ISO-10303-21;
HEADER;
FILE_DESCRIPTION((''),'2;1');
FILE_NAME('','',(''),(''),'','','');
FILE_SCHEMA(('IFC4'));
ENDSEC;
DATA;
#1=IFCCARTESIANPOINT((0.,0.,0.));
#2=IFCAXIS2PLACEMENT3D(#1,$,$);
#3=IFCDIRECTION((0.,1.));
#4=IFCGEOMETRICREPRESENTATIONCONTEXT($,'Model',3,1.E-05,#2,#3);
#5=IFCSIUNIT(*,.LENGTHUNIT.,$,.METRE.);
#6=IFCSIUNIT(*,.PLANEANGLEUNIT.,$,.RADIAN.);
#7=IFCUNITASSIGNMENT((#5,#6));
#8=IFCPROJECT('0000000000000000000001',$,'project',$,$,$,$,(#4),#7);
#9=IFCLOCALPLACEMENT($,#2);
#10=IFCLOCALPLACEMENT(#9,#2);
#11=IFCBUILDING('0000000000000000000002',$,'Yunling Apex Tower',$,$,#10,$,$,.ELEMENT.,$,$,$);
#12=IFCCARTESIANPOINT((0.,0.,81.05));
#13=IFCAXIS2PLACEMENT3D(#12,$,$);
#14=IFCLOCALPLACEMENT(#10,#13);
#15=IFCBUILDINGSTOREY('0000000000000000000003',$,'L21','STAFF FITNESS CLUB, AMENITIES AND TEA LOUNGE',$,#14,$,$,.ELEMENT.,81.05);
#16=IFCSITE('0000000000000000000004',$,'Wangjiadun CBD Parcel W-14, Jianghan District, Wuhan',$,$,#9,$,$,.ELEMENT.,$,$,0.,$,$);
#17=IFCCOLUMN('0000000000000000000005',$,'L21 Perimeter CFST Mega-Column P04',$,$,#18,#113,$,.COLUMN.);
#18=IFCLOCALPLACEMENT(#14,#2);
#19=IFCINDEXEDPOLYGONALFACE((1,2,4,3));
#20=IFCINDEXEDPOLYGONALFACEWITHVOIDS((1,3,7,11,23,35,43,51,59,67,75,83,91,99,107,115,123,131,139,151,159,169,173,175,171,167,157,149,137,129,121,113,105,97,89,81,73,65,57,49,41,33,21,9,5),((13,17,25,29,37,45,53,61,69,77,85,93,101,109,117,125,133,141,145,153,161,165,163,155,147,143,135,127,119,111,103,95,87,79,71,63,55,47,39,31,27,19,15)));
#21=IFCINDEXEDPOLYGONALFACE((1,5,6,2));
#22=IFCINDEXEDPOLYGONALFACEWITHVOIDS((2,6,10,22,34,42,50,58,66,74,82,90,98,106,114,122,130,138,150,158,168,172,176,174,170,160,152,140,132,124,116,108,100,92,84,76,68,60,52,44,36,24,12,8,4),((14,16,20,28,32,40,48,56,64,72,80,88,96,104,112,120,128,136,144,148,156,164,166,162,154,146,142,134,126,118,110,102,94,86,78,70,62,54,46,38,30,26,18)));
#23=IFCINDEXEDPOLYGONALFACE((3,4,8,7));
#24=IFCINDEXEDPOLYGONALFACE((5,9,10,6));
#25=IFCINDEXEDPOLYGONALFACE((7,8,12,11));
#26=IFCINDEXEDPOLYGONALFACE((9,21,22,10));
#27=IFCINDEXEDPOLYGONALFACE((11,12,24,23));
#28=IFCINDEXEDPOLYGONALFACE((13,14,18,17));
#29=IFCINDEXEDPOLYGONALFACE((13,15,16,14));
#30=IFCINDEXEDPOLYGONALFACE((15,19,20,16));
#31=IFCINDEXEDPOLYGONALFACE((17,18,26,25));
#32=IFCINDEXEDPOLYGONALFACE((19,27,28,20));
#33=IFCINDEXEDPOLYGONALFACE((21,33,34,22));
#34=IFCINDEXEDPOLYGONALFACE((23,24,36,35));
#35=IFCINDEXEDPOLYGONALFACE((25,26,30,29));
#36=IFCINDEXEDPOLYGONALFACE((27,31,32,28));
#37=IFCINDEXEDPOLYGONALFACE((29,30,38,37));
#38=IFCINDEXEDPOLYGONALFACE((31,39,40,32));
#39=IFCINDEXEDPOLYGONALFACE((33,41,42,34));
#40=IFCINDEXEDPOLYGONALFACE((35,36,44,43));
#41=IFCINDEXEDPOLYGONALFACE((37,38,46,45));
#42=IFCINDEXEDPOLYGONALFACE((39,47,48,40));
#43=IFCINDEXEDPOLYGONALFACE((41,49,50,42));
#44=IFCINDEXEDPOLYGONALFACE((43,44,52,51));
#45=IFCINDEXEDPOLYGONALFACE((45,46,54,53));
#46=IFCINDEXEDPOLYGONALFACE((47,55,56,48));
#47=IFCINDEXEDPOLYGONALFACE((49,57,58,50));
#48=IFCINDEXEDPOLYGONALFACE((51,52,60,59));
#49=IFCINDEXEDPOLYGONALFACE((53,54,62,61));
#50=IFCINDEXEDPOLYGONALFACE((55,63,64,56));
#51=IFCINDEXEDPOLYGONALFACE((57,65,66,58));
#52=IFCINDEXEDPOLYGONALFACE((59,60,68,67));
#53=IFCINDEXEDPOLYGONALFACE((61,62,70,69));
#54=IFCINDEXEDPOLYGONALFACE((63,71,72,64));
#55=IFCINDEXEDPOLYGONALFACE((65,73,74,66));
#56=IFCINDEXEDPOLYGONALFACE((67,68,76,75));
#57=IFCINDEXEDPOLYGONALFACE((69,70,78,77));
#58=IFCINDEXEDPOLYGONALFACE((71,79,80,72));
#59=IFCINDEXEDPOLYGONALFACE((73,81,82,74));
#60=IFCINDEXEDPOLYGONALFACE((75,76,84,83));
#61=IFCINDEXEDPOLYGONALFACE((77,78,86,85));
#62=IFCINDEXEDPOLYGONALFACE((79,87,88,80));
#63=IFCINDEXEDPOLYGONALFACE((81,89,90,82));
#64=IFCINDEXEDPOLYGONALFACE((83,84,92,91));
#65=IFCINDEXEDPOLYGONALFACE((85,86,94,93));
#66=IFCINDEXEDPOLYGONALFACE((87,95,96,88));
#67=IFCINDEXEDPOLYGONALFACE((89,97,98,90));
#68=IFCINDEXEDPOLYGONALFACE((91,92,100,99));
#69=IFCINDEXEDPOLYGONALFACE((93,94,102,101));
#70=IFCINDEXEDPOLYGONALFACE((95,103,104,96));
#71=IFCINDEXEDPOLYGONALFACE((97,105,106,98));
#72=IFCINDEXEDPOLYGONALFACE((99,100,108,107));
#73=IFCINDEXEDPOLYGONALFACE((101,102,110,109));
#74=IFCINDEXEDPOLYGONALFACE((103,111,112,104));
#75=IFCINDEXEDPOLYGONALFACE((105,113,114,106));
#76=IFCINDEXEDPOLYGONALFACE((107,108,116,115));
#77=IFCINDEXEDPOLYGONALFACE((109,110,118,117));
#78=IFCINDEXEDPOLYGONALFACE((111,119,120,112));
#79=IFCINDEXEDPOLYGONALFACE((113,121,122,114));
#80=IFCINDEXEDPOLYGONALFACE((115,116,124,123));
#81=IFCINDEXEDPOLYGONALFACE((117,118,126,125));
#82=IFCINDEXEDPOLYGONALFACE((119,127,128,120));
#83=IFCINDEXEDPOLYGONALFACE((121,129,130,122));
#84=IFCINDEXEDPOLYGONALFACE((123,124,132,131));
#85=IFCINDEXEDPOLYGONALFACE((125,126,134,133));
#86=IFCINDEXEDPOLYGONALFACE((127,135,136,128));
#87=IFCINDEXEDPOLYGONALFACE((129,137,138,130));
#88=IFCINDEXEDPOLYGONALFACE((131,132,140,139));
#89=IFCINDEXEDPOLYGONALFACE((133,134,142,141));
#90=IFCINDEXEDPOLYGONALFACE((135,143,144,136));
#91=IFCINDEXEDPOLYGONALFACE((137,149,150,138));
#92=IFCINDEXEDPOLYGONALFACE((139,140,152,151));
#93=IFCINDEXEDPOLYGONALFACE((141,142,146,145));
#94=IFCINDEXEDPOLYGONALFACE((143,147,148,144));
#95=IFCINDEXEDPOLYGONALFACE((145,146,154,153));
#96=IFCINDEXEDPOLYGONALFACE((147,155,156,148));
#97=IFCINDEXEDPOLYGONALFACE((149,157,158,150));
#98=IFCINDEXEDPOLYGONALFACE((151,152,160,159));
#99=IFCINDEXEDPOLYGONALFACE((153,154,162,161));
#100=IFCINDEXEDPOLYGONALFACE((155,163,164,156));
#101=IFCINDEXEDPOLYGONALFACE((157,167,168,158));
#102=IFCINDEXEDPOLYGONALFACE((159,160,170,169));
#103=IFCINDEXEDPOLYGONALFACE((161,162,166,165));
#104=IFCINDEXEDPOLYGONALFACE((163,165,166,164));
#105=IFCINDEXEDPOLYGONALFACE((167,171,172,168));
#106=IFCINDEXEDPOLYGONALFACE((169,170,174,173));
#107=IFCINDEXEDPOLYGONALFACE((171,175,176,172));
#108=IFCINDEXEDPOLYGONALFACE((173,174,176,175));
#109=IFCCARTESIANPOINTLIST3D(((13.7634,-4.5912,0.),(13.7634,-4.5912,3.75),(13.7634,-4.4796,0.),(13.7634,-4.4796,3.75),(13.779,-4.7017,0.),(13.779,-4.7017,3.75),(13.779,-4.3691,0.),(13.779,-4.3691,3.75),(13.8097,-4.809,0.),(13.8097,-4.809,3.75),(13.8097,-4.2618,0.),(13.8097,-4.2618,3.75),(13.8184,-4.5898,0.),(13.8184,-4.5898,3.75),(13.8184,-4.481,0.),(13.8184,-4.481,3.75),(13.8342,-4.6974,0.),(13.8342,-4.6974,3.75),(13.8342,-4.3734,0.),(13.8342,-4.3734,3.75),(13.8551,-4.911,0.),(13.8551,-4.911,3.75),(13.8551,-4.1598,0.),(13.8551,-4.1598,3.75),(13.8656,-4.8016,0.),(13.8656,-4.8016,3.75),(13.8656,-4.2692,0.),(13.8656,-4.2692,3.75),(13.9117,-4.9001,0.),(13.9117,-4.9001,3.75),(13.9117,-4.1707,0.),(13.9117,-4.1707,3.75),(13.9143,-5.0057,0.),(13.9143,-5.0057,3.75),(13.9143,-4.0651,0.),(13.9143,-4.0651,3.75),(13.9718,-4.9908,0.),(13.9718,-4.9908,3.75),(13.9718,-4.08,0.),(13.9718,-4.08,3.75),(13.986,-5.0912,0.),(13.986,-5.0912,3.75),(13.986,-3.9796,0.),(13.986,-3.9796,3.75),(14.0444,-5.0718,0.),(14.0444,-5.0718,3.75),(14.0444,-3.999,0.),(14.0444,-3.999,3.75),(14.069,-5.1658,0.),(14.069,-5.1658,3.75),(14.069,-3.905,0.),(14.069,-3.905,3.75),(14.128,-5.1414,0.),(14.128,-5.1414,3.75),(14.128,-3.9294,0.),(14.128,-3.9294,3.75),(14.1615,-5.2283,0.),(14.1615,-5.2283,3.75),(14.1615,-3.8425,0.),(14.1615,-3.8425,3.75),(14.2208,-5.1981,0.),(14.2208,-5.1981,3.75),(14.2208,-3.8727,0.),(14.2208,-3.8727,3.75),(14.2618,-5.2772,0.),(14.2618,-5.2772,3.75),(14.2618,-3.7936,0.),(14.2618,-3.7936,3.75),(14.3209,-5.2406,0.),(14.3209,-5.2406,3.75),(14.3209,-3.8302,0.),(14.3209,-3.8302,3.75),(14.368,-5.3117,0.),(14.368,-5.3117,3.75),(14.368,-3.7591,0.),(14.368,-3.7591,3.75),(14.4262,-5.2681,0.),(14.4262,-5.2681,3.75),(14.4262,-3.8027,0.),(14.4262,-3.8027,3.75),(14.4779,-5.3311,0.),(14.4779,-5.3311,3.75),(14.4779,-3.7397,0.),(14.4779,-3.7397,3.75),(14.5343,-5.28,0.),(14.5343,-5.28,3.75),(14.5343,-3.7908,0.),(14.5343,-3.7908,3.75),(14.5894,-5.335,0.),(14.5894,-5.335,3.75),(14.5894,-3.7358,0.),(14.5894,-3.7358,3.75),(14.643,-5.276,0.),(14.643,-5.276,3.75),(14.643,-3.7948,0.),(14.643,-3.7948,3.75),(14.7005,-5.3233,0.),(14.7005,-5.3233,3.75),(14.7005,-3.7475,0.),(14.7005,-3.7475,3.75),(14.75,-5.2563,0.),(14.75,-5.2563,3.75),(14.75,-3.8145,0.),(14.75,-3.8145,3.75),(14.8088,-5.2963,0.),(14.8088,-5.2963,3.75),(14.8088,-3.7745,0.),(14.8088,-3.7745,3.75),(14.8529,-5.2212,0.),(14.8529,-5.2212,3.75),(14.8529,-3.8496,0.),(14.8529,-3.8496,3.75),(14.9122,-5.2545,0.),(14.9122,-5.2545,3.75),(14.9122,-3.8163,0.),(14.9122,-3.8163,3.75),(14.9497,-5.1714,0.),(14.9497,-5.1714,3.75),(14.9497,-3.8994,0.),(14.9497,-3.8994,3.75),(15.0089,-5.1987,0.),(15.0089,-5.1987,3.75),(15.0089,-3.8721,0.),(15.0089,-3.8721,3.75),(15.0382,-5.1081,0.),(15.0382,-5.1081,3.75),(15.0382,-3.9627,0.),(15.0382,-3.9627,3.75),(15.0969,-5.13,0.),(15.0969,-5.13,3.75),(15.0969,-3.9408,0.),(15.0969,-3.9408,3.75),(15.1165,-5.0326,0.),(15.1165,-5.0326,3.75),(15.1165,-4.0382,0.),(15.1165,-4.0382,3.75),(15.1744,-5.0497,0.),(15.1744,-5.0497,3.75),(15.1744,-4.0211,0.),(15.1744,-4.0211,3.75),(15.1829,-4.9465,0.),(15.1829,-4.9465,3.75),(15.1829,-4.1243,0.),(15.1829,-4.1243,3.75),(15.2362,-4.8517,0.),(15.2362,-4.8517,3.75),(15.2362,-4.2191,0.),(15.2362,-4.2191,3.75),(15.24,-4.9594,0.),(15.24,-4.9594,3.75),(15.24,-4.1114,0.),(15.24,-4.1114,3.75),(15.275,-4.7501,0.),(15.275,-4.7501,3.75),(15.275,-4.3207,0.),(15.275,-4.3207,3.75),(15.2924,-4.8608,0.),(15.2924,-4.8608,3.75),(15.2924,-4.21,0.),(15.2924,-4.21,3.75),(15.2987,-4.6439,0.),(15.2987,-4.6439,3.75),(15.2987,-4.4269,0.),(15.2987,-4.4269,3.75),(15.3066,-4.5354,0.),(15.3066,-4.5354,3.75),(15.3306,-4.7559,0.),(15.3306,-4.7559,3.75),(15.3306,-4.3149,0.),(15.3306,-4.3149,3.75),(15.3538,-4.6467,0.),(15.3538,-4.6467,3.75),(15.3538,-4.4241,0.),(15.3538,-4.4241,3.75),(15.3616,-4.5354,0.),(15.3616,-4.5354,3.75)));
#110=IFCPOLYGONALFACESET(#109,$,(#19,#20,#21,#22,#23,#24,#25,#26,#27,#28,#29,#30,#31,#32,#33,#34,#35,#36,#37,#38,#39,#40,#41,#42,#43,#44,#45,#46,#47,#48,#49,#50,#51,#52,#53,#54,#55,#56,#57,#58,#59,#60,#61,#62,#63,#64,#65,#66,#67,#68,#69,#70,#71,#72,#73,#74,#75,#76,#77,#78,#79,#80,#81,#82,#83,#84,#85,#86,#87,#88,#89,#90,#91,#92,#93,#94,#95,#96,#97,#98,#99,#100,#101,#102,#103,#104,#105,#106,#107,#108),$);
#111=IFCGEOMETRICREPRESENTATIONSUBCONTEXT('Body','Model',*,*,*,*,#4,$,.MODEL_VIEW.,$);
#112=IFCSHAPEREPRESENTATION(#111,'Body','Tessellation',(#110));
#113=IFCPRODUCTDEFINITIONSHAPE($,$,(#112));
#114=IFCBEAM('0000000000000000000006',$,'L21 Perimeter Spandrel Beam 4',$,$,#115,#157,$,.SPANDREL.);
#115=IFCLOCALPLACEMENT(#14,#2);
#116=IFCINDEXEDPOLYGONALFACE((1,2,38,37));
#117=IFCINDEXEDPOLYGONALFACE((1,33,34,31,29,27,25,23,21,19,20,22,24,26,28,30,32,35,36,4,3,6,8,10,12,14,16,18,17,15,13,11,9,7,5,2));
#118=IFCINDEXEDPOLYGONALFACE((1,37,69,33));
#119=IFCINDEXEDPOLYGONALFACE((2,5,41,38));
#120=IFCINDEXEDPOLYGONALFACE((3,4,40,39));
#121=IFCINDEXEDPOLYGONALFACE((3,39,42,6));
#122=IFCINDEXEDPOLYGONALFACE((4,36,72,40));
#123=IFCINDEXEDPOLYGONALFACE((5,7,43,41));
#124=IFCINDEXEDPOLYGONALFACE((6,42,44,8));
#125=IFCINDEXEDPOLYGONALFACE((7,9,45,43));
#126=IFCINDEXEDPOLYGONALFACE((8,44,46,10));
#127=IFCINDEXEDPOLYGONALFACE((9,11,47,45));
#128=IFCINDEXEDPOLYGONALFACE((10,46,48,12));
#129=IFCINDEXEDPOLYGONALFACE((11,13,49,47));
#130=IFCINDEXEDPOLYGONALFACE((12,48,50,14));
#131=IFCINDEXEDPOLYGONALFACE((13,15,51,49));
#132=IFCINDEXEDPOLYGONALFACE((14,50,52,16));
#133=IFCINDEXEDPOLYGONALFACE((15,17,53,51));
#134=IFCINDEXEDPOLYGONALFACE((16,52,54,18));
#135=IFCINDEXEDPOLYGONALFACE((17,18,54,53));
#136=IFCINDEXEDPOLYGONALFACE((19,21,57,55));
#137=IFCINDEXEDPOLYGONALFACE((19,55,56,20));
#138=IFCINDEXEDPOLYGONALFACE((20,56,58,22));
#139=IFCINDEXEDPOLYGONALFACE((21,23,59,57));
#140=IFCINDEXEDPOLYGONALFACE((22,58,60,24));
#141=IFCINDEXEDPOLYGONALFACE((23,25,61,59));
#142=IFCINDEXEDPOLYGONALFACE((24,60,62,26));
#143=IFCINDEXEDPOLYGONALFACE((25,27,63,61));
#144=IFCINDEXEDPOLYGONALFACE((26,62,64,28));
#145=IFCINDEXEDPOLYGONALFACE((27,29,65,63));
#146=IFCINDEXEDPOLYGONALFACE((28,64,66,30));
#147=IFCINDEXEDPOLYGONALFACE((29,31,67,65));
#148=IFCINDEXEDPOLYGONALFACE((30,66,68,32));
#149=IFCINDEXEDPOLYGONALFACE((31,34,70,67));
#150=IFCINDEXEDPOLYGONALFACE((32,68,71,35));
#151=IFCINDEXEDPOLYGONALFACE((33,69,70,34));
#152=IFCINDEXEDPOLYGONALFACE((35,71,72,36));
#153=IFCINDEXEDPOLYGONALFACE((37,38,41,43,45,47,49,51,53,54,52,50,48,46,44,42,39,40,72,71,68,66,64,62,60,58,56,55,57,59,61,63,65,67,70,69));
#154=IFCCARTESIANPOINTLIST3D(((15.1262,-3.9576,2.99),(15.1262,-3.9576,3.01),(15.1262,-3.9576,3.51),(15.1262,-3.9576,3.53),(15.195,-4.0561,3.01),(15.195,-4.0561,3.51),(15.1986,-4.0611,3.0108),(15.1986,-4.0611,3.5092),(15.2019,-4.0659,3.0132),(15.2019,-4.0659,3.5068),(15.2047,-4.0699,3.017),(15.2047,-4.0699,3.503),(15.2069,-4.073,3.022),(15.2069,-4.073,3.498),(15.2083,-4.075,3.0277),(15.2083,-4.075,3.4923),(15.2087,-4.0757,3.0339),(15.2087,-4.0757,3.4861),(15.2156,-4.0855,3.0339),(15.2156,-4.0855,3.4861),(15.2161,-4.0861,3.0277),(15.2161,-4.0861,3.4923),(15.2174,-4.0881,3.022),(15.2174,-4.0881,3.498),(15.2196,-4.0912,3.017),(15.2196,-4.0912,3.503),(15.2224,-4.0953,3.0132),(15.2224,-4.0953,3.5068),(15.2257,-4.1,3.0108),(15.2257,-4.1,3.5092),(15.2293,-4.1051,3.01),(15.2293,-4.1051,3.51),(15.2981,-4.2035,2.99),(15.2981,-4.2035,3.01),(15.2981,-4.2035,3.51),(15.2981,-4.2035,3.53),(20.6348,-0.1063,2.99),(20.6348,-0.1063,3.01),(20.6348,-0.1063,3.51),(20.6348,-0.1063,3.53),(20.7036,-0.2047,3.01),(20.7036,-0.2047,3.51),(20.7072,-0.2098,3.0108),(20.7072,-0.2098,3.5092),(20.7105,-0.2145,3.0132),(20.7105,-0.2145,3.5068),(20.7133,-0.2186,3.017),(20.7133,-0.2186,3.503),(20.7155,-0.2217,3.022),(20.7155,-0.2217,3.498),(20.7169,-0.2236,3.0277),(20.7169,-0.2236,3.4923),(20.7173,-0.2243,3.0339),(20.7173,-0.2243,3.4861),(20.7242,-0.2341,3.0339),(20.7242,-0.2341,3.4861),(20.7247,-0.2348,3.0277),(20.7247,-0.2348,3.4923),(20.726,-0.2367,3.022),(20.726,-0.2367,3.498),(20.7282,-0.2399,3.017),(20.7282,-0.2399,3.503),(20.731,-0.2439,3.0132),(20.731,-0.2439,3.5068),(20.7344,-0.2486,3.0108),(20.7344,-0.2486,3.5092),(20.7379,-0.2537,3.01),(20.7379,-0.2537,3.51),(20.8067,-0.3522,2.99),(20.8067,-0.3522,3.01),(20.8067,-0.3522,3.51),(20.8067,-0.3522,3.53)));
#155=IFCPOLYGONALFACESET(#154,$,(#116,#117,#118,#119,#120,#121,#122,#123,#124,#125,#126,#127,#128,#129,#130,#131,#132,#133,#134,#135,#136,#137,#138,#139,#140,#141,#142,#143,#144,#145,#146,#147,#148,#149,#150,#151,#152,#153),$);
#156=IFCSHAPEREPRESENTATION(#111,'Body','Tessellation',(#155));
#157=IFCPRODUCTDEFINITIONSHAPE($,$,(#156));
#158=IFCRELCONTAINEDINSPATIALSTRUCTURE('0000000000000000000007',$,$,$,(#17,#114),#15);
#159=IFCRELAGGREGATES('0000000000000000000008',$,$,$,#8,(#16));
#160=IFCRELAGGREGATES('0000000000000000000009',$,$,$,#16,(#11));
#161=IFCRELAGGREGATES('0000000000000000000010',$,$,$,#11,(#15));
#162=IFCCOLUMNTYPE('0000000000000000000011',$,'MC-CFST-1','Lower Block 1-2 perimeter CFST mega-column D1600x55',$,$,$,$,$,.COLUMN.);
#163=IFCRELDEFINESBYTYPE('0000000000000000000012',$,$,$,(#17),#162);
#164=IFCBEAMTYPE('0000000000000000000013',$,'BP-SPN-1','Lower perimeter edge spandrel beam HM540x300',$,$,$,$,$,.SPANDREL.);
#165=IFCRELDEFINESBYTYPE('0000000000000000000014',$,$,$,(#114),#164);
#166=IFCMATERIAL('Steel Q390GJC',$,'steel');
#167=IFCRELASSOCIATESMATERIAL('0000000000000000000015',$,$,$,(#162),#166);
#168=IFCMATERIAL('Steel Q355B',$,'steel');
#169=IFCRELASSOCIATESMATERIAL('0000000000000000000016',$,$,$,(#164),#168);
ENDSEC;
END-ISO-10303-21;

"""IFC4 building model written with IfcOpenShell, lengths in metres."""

from ifc_helpers import new_model, si_unit, direction, frame, origin, origin_2d, place, context, subcontext, project, spatial, hollow_circle, i_section, extrude, source, transform, mapped, material, material_profile, profile_set, type_object, element, save


model = new_model("IFC4")

# Units and contexts
model_context = context("Model", 3, precision=1e-05, world=origin(), true_north=direction((0.0, 1.0)))
body_context = subcontext(model_context, "Body", "Model", "MODEL_VIEW")
ifc_project = project(units=[si_unit("LENGTHUNIT", "METRE"), si_unit("PLANEANGLEUNIT", "RADIAN")], contexts=[model_context])

# Site, building, storey
site_placement = place(None, origin())
site = spatial("IfcSite", under=ifc_project, at=site_placement, Name="Wangjiadun CBD Parcel W-14, Jianghan District, Wuhan", CompositionType="ELEMENT", RefElevation=0.0)
building_placement = place(site_placement, origin())
building = spatial("IfcBuilding", under=site, at=building_placement, Name="Yunling Apex Tower", CompositionType="ELEMENT")
storey_placement = place(building_placement, frame((0.0, 0.0, 81.05)))
storey = spatial("IfcBuildingStorey", under=building, at=storey_placement, Name="L21", Description="STAFF FITNESS CLUB, AMENITIES AND TEA LOUNGE", CompositionType="ELEMENT", Elevation=81.05)

# Column
ifc_material_1 = material(Name="Steel Q390GJC", Category="steel")
ifc_material_profile_1 = material_profile(ifc_material_1, hollow_circle(Radius=0.8, WallThickness=0.0549, at=origin_2d()))
ifc_profile_set_1 = profile_set([ifc_material_profile_1], Name="Steel Q390GJC")
column_type = type_object("IfcColumnType", Name="MC-CFST-1", Description="Lower Block 1-2 perimeter CFST mega-column D1600x55", PredefinedType="COLUMN", material=ifc_profile_set_1)
shared_shape_1 = source(origin(), body_context, "Body", "SweptSolid", [
    extrude(hollow_circle(Radius=0.8, WallThickness=0.0549, at=origin_2d()), origin(), (0.0, 0.0, 1.0), 3.75),
])
column_placement = place(storey_placement, frame((14.5615, -4.5354, 0.0), z_axis=(0.0, 0.0, 1.0), x_axis=(1.0, 0.0, 0.0)))
element("IfcColumn", 1, at=column_placement, inside=storey, type_object=column_type, Name="L21 Perimeter CFST Mega-Column P04", PredefinedType="COLUMN", context=body_context, shape_type="MappedRepresentation", body=[
    mapped(shared_shape_1, transform((0.0, 0.0, 0.0), scale=1.0)),
])

# Beam
ifc_material_2 = material(Name="Steel Q355B", Category="steel")
ifc_material_profile_2 = material_profile(ifc_material_2, i_section(OverallWidth=0.3, OverallDepth=0.54, WebThickness=0.012, FlangeThickness=0.02, FilletRadius=0.0239, at=origin_2d()))
ifc_profile_set_2 = profile_set([ifc_material_profile_2], Name="Steel Q355B")
beam_type_1 = type_object("IfcBeamType", Name="BP-SPN-1", Description="Lower perimeter edge spandrel beam HM540x300", PredefinedType="SPANDREL", material=ifc_profile_set_2)
shared_shape_2 = source(origin(), body_context, "Body", "SweptSolid", [
    extrude(i_section(OverallWidth=0.3, OverallDepth=0.54, WebThickness=0.012, FlangeThickness=0.02, FilletRadius=0.0239, at=origin_2d()), origin(), (0.0, 0.0, 1.0), 6.7214),
])
beam_1_placement = place(storey_placement, frame((15.2122, -4.0806, 3.26), z_axis=(0.819558, 0.572997, 0.0), x_axis=(-0.572997, 0.819558, 0.0)))
element("IfcBeam", 2, at=beam_1_placement, inside=storey, type_object=beam_type_1, Name="L21 Perimeter Spandrel Beam 4", PredefinedType="SPANDREL", context=body_context, shape_type="MappedRepresentation", body=[
    mapped(shared_shape_2, transform((0.0, 0.0, 0.0), scale=1.0)),
])

save(model, "model.ifc")
